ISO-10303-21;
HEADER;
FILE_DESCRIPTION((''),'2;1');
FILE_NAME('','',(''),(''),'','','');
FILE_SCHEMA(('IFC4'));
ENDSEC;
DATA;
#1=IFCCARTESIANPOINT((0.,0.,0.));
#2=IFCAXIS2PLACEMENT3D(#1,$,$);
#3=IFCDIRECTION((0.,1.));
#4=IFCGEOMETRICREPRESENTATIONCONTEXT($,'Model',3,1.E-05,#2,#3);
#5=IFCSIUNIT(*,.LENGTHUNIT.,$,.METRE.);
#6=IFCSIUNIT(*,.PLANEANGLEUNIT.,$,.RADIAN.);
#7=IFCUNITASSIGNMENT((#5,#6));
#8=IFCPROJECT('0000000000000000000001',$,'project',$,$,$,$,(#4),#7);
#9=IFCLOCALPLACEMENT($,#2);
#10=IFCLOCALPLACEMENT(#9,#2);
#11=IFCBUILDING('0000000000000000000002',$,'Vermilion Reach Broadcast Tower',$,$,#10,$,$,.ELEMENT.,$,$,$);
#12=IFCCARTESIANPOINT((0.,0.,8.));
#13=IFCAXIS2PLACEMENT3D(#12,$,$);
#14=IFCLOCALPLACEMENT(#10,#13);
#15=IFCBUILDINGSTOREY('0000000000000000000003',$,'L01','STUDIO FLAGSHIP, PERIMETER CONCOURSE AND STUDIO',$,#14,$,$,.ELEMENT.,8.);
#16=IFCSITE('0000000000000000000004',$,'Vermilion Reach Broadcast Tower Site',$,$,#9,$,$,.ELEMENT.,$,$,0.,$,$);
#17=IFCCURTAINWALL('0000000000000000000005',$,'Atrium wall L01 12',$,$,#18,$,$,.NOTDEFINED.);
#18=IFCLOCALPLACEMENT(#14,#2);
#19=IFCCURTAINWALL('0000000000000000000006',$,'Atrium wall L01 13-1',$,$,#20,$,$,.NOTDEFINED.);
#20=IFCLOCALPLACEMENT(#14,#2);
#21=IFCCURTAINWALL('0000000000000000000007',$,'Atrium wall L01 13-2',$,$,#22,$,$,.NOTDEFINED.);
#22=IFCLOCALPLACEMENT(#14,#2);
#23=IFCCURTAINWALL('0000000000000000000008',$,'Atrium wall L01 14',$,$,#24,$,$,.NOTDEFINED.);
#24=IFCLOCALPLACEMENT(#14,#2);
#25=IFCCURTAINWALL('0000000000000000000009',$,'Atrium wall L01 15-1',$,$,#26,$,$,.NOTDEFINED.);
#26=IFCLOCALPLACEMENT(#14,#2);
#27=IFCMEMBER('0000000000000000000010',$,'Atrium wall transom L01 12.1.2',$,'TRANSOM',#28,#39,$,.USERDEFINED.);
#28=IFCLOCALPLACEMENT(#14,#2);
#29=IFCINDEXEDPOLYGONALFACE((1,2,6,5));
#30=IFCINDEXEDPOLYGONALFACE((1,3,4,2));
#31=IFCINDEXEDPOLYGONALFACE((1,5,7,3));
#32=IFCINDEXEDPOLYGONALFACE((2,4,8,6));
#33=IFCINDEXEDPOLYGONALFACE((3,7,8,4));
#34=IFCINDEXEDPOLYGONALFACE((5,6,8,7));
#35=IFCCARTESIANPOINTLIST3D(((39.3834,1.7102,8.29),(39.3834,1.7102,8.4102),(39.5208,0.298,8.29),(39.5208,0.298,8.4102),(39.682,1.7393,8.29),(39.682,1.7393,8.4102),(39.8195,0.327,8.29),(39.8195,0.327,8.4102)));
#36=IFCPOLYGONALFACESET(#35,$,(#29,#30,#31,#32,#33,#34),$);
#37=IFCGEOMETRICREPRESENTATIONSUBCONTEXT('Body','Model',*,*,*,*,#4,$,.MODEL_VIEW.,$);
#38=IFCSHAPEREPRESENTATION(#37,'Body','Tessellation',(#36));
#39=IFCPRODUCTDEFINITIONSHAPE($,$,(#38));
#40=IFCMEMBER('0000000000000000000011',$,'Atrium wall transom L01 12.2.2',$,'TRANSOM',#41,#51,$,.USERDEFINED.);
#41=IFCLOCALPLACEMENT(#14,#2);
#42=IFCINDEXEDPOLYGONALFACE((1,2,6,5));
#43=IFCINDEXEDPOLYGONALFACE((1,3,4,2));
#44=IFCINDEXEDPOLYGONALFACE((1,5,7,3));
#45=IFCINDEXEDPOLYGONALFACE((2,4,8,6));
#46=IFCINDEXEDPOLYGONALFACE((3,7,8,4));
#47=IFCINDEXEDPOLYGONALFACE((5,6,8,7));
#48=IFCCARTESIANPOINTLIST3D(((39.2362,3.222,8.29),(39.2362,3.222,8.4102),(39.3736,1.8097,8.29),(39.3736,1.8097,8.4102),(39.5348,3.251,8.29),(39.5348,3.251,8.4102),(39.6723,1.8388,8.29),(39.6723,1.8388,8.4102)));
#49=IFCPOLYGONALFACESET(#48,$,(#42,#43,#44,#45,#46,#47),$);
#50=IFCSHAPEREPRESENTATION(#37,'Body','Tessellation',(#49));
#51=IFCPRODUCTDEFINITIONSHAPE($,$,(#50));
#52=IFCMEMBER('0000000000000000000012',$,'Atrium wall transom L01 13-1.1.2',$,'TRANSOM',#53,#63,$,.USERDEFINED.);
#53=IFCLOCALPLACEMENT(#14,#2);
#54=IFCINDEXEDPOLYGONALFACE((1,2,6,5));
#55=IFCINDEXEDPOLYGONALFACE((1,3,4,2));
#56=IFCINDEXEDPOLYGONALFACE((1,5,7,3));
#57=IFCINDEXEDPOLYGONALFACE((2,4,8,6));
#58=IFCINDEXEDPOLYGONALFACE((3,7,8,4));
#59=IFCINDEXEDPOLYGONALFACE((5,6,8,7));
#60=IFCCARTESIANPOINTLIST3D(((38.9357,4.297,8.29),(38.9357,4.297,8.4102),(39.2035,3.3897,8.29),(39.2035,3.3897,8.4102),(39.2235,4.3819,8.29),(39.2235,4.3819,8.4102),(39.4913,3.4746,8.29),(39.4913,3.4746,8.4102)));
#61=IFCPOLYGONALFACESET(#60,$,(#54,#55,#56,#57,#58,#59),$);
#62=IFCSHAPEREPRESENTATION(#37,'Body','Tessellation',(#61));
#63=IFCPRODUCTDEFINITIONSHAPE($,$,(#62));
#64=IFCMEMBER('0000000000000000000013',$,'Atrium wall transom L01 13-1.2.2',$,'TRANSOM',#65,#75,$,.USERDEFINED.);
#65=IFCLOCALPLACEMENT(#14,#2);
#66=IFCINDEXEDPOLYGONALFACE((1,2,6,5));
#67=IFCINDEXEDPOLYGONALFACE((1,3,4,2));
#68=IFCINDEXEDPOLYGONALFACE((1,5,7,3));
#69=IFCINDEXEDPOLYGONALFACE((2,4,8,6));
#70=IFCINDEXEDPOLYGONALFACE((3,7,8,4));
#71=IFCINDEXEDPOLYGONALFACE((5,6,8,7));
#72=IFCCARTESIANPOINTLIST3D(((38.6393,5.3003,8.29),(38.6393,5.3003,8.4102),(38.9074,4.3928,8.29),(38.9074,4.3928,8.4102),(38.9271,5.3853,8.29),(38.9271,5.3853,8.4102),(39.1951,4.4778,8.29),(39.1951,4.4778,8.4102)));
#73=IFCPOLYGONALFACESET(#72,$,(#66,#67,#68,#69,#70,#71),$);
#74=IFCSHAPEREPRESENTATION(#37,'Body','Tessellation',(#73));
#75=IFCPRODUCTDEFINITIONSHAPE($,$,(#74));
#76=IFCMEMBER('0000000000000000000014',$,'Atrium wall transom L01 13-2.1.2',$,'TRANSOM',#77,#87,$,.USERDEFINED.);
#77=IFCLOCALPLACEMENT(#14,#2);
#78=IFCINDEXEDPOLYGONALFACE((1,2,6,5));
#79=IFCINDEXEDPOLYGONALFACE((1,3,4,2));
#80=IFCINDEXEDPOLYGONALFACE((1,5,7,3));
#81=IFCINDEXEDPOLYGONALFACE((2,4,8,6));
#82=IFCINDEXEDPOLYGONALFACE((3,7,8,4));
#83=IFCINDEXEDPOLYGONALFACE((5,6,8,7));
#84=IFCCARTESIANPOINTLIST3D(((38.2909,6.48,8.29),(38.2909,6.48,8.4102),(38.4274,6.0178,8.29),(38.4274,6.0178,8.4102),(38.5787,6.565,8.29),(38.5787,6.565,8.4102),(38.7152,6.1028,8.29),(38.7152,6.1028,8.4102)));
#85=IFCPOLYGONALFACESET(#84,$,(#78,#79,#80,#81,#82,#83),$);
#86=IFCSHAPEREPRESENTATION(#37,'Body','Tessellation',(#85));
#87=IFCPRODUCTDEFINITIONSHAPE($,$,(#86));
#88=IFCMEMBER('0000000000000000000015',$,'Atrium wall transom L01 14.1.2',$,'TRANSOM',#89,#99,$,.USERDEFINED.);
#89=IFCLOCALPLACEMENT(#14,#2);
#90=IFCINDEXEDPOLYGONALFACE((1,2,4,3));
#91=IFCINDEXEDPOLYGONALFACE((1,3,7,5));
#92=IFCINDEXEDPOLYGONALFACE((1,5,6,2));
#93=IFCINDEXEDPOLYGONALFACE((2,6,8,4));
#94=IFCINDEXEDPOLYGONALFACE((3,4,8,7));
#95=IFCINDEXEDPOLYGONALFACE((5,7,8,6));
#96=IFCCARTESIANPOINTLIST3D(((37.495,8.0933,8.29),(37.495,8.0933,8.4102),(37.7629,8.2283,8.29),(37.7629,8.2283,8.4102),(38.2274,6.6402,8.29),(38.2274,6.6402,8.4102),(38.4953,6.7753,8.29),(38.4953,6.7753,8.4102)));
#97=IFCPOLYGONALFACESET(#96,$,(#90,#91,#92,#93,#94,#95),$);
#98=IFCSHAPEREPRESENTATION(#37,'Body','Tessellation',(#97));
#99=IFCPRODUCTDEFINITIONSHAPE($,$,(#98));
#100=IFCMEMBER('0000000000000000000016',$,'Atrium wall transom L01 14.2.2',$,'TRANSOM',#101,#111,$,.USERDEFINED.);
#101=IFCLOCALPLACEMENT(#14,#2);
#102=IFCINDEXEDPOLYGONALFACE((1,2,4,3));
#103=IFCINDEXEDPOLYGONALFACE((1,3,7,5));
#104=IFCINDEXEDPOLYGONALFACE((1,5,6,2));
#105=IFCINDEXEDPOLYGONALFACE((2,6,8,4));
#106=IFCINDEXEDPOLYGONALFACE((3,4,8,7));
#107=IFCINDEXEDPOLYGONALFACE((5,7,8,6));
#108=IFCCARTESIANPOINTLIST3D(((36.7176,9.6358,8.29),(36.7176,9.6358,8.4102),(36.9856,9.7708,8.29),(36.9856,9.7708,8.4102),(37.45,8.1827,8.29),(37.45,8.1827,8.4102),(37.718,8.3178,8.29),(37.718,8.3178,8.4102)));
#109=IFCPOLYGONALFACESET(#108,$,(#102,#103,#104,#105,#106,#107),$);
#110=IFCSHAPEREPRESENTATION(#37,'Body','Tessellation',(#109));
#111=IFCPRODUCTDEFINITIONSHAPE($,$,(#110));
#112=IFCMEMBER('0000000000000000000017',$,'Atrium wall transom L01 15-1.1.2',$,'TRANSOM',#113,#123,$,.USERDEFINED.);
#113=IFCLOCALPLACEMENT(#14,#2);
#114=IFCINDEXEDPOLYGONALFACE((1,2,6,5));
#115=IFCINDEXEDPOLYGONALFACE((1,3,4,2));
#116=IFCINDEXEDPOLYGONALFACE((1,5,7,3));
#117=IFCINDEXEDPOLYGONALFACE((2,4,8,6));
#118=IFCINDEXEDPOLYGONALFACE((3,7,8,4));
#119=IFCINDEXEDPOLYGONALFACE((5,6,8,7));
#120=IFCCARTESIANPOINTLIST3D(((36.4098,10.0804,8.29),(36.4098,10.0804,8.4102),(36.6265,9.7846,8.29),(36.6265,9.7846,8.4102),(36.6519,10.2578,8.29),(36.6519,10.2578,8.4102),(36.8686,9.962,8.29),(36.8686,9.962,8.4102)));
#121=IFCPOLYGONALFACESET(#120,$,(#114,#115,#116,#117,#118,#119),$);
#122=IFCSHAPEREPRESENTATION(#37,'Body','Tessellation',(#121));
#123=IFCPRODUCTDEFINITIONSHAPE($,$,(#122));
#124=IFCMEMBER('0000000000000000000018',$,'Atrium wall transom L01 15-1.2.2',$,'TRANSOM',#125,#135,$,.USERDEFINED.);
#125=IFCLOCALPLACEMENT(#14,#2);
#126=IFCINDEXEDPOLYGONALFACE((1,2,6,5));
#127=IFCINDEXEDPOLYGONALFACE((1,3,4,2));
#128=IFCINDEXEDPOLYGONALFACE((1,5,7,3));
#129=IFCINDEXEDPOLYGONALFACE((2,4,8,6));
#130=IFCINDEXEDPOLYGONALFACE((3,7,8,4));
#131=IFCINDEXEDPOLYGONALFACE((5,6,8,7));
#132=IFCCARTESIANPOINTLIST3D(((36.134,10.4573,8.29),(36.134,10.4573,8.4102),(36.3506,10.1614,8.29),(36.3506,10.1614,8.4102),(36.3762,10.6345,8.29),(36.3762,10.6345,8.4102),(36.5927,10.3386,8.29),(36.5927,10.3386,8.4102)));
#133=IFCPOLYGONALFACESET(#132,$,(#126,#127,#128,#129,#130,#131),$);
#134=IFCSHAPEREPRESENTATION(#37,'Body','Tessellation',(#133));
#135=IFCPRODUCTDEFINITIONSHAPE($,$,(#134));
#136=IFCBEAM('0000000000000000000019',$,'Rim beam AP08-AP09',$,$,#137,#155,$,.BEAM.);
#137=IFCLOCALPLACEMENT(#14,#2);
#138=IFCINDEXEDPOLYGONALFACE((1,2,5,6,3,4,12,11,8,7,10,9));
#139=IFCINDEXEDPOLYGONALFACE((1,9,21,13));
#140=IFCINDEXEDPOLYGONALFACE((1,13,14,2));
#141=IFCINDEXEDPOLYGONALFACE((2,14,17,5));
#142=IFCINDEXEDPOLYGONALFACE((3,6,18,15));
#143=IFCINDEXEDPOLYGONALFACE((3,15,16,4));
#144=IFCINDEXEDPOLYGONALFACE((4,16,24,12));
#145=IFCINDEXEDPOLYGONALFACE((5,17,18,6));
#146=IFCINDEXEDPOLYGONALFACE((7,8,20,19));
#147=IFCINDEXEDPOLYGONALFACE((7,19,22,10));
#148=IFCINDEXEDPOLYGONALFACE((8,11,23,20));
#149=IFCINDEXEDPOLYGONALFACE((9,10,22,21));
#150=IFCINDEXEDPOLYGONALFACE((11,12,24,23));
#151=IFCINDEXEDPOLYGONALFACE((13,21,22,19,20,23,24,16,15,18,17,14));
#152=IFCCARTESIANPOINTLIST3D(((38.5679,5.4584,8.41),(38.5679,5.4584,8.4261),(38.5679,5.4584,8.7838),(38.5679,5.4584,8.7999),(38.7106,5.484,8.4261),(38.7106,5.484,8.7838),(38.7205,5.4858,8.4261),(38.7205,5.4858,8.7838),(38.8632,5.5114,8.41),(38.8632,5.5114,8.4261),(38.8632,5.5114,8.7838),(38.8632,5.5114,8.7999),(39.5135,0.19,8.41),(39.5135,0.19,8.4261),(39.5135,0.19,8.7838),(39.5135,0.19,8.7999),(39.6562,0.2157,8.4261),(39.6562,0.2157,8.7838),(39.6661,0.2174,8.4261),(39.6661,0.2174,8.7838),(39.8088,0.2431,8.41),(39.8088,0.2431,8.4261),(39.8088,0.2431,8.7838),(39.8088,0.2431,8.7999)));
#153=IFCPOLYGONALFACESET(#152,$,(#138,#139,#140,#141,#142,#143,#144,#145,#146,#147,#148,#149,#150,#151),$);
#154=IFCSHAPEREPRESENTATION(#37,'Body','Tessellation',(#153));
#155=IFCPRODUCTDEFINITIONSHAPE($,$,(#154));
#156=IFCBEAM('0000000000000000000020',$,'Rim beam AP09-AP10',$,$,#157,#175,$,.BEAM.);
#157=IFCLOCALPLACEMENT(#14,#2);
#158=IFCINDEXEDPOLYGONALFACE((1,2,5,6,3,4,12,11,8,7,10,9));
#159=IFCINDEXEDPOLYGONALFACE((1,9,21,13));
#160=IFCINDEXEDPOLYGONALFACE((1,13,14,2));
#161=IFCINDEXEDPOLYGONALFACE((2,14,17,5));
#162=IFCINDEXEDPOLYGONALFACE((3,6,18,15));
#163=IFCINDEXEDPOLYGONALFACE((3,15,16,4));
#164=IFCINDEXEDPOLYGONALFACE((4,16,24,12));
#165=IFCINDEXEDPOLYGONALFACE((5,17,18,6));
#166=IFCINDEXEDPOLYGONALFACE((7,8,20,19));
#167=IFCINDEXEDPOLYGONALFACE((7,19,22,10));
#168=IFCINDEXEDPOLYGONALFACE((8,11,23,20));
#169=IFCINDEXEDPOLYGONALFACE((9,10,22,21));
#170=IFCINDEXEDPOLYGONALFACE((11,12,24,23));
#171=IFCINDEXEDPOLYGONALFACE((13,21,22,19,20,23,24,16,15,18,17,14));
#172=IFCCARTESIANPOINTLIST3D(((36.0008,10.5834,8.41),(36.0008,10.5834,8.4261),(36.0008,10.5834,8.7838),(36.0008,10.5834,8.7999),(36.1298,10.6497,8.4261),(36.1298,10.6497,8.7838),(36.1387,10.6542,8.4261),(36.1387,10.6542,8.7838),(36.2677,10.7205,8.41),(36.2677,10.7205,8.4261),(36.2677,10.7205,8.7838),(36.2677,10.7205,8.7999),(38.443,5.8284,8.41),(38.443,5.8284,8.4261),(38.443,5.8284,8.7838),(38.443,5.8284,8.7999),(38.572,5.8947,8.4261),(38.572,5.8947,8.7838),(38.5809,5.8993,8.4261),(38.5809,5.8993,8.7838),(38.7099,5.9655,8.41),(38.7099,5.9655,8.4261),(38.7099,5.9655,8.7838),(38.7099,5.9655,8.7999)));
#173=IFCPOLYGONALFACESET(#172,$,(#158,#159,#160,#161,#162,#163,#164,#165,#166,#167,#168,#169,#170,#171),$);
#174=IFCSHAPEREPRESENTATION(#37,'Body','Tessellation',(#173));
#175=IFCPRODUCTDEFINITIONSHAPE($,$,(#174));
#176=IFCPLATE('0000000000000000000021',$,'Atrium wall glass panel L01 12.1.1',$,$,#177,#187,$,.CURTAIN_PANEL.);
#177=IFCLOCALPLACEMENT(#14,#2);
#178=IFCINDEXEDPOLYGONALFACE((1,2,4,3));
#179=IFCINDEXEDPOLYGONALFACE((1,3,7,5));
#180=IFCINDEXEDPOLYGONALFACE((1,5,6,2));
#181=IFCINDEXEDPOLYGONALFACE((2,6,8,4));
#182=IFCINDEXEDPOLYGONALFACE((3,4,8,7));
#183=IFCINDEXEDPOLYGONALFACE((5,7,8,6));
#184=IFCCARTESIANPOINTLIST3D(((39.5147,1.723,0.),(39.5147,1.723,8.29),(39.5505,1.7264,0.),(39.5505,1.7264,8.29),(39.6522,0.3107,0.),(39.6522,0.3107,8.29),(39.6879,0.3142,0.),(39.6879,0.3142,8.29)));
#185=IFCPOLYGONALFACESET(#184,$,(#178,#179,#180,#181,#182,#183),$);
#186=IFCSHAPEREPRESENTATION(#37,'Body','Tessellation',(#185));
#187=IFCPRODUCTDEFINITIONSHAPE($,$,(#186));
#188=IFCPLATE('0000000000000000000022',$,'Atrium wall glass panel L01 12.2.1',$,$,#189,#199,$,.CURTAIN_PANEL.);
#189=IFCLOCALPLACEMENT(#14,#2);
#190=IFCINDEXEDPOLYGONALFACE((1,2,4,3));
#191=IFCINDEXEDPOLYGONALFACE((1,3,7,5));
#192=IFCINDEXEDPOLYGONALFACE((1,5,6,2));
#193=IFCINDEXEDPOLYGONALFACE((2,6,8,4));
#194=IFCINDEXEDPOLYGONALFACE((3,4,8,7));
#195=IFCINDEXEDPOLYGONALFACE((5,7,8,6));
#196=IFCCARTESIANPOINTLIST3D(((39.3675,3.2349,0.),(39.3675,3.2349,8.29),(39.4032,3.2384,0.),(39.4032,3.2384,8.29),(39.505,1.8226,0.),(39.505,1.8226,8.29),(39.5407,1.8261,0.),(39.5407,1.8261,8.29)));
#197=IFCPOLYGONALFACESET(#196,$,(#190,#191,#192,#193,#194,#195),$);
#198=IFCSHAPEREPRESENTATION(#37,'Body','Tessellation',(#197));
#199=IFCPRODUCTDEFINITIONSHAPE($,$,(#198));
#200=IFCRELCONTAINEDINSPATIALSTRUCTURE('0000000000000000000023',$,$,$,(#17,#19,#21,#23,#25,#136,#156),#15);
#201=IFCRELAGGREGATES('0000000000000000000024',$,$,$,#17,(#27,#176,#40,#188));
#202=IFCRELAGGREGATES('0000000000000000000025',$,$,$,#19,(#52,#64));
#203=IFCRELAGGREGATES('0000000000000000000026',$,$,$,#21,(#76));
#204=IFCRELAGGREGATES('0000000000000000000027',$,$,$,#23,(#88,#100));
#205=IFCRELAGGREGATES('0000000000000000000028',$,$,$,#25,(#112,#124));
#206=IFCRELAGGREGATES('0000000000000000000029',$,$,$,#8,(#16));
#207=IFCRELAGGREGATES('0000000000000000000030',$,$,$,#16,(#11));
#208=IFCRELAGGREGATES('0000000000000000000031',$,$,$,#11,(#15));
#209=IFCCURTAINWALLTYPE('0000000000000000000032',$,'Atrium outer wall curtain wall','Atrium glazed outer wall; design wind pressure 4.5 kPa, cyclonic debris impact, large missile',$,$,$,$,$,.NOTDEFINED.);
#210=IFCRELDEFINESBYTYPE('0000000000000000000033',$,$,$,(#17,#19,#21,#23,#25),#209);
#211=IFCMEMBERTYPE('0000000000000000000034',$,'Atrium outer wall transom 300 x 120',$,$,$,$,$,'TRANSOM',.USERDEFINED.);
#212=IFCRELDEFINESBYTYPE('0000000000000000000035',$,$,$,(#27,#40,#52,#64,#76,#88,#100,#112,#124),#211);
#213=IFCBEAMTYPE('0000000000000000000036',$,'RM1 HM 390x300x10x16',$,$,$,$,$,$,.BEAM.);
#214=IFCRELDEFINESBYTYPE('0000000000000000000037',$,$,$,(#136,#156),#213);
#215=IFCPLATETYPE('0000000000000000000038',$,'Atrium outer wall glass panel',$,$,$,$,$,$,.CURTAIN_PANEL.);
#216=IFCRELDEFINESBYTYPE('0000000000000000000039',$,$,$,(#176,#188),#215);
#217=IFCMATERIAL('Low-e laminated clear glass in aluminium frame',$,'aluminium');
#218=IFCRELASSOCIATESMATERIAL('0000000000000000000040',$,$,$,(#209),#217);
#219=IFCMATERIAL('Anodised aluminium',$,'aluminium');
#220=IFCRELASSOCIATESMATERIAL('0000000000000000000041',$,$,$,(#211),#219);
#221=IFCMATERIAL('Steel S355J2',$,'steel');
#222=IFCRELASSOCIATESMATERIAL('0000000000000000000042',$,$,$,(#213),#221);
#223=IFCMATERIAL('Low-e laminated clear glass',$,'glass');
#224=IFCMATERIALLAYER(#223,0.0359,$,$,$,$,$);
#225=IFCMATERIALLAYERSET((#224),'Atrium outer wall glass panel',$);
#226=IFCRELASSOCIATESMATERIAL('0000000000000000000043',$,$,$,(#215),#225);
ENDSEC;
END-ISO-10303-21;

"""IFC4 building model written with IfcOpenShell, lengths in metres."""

from ifc_helpers import new_model, si_unit, direction, frame, origin, origin_2d, place, context, subcontext, project, spatial, rectangle, i_section, extrude, material, layer, layer_set, material_profile, profile_set, type_object, element, aggregate, save


model = new_model("IFC4")

# Units and contexts
model_context = context("Model", 3, precision=1e-05, world=origin(), true_north=direction((0.0, 1.0)))
body_context = subcontext(model_context, "Body", "Model", "MODEL_VIEW")
ifc_project = project(units=[si_unit("LENGTHUNIT", "METRE"), si_unit("PLANEANGLEUNIT", "RADIAN")], contexts=[model_context])

# Site, building, storey
site_placement = place(None, origin())
site = spatial("IfcSite", under=ifc_project, at=site_placement, Name="Vermilion Reach Broadcast Tower Site", CompositionType="ELEMENT", RefElevation=0.0)
building_placement = place(site_placement, origin())
building = spatial("IfcBuilding", under=site, at=building_placement, Name="Vermilion Reach Broadcast Tower", CompositionType="ELEMENT")
storey_placement = place(building_placement, frame((0.0, 0.0, 8.0)))
storey = spatial("IfcBuildingStorey", under=building, at=storey_placement, Name="L01", Description="STUDIO FLAGSHIP, PERIMETER CONCOURSE AND STUDIO", CompositionType="ELEMENT", Elevation=8.0)

# Curtain walls
ifc_material_1 = material(Name="Low-e laminated clear glass in aluminium frame", Category="aluminium")
curtain_wall_type = type_object("IfcCurtainWallType", Name="Atrium outer wall curtain wall", Description="Atrium glazed outer wall; design wind pressure 4.5 kPa, cyclonic debris impact, large missile", PredefinedType="NOTDEFINED", material=ifc_material_1)
placement = place(storey_placement, origin())
curtain_wall_1 = element("IfcCurtainWall", 1, at=placement, inside=storey, type_object=curtain_wall_type, Name="Atrium wall L01 12", PredefinedType="NOTDEFINED")
curtain_wall_2 = element("IfcCurtainWall", 2, at=placement, inside=storey, type_object=curtain_wall_type, Name="Atrium wall L01 13-1", PredefinedType="NOTDEFINED")
curtain_wall_3 = element("IfcCurtainWall", 3, at=placement, inside=storey, type_object=curtain_wall_type, Name="Atrium wall L01 13-2", PredefinedType="NOTDEFINED")
curtain_wall_4 = element("IfcCurtainWall", 4, at=placement, inside=storey, type_object=curtain_wall_type, Name="Atrium wall L01 14", PredefinedType="NOTDEFINED")
curtain_wall_5 = element("IfcCurtainWall", 5, at=placement, inside=storey, type_object=curtain_wall_type, Name="Atrium wall L01 15-1", PredefinedType="NOTDEFINED")

# Members
ifc_material_2 = material(Name="Anodised aluminium", Category="aluminium")
ifc_material_profile_1 = material_profile(ifc_material_2, rectangle(XDim=0.3, YDim=0.1201, at=origin_2d()), Name="Atrium outer wall transom 300 x 120")
ifc_profile_set_1 = profile_set([ifc_material_profile_1], Name="Anodised aluminium")
member_type_1 = type_object("IfcMemberType", Name="Atrium outer wall transom 300 x 120", ElementType="TRANSOM", PredefinedType="USERDEFINED", material=ifc_profile_set_1)
member_1_placement = place(storey_placement, frame((39.6702, 0.3125, 8.3501), z_axis=(-0.096863, 0.995298, 0.0), x_axis=(-0.995298, -0.096863, 0.0)))
member_1 = element("IfcMember", 6, at=member_1_placement, type_object=member_type_1, Name="Atrium wall transom L01 12.1.2", ObjectType="TRANSOM", PredefinedType="USERDEFINED", context=body_context, shape_type="SweptSolid", body=[
    extrude(rectangle(XDim=0.3, YDim=0.1201, at=origin_2d()), origin(), (0.0, 0.0, 1.0), 1.4189),
])
member_2_placement = place(storey_placement, frame((39.5229, 1.8242, 8.3501), z_axis=(-0.096863, 0.995298, 0.0), x_axis=(-0.995298, -0.096863, 0.0)))
member_2 = element("IfcMember", 7, at=member_2_placement, type_object=member_type_1, Name="Atrium wall transom L01 12.2.2", ObjectType="TRANSOM", PredefinedType="USERDEFINED", context=body_context, shape_type="SweptSolid", body=[
    extrude(rectangle(XDim=0.3, YDim=0.1201, at=origin_2d()), origin(), (0.0, 0.0, 1.0), 1.4189),
])
member_3_placement = place(storey_placement, frame((39.3474, 3.4321, 8.3501), z_axis=(-0.28306, 0.959102, 0.0), x_axis=(-0.959102, -0.28306, 0.0)))
member_3 = element("IfcMember", 8, at=member_3_placement, type_object=member_type_1, Name="Atrium wall transom L01 13-1.1.2", ObjectType="TRANSOM", PredefinedType="USERDEFINED", context=body_context, shape_type="SweptSolid", body=[
    extrude(rectangle(XDim=0.3, YDim=0.1201, at=origin_2d()), origin(), (0.0, 0.0, 1.0), 0.946),
])
member_4_placement = place(storey_placement, frame((39.0513, 4.4353, 8.3501), z_axis=(-0.283298, 0.959032, 0.0), x_axis=(-0.959032, -0.283298, 0.0)))
member_4 = element("IfcMember", 9, at=member_4_placement, type_object=member_type_1, Name="Atrium wall transom L01 13-1.2.2", ObjectType="TRANSOM", PredefinedType="USERDEFINED", context=body_context, shape_type="SweptSolid", body=[
    extrude(rectangle(XDim=0.3, YDim=0.1201, at=origin_2d()), origin(), (0.0, 0.0, 1.0), 0.9463),
])
member_5_placement = place(storey_placement, frame((38.5713, 6.0603, 8.3501), z_axis=(-0.283208, 0.959058, 0.0), x_axis=(-0.959058, -0.283208, 0.0)))
member_5 = element("IfcMember", 10, at=member_5_placement, type_object=member_type_1, Name="Atrium wall transom L01 13-2.1.2", ObjectType="TRANSOM", PredefinedType="USERDEFINED", context=body_context, shape_type="SweptSolid", body=[
    extrude(rectangle(XDim=0.3, YDim=0.1201, at=origin_2d()), origin(), (0.0, 0.0, 1.0), 0.4819),
])
member_6_placement = place(storey_placement, frame((38.3613, 6.7078, 8.3501), z_axis=(-0.450092, 0.892982, 0.0), x_axis=(-0.892982, -0.450092, 0.0)))
member_6 = element("IfcMember", 11, at=member_6_placement, type_object=member_type_1, Name="Atrium wall transom L01 14.1.2", ObjectType="TRANSOM", PredefinedType="USERDEFINED", context=body_context, shape_type="SweptSolid", body=[
    extrude(rectangle(XDim=0.3, YDim=0.1201, at=origin_2d()), origin(), (0.0, 0.0, 1.0), 1.6272),
])
member_7_placement = place(storey_placement, frame((37.584, 8.2502, 8.3501), z_axis=(-0.450092, 0.892982, 0.0), x_axis=(-0.892982, -0.450092, 0.0)))
member_7 = element("IfcMember", 12, at=member_7_placement, type_object=member_type_1, Name="Atrium wall transom L01 14.2.2", ObjectType="TRANSOM", PredefinedType="USERDEFINED", context=body_context, shape_type="SweptSolid", body=[
    extrude(rectangle(XDim=0.3, YDim=0.1201, at=origin_2d()), origin(), (0.0, 0.0, 1.0), 1.6272),
])
member_8_placement = place(storey_placement, frame((36.7476, 9.8733, 8.3501), z_axis=(-0.591017, 0.806659, 0.0), x_axis=(-0.806659, -0.591017, 0.0)))
member_8 = element("IfcMember", 13, at=member_8_placement, type_object=member_type_1, Name="Atrium wall transom L01 15-1.1.2", ObjectType="TRANSOM", PredefinedType="USERDEFINED", context=body_context, shape_type="SweptSolid", body=[
    extrude(rectangle(XDim=0.3, YDim=0.1201, at=origin_2d()), origin(), (0.0, 0.0, 1.0), 0.3667),
])
member_9_placement = place(storey_placement, frame((36.4717, 10.25, 8.3501), z_axis=(-0.590584, 0.806976, 0.0), x_axis=(-0.806976, -0.590584, 0.0)))
member_9 = element("IfcMember", 14, at=member_9_placement, type_object=member_type_1, Name="Atrium wall transom L01 15-1.2.2", ObjectType="TRANSOM", PredefinedType="USERDEFINED", context=body_context, shape_type="SweptSolid", body=[
    extrude(rectangle(XDim=0.3, YDim=0.1201, at=origin_2d()), origin(), (0.0, 0.0, 1.0), 0.3667),
])

# Beams
ifc_material_3 = material(Name="Steel S355J2", Category="steel")
ifc_material_profile_2 = material_profile(ifc_material_3, i_section(OverallWidth=0.3, OverallDepth=0.3899, WebThickness=0.01, FlangeThickness=0.0161, at=origin_2d()), Name="S355J2 HM 390x300x10x16")
ifc_profile_set_2 = profile_set([ifc_material_profile_2], Name="Steel S355J2")
beam_type = type_object("IfcBeamType", Name="RM1 HM 390x300x10x16", PredefinedType="BEAM", material=ifc_profile_set_2)
beam_1_placement = place(storey_placement, frame((39.6611, 0.2166, 8.605), z_axis=(-0.176657, 0.984272, 0.0), x_axis=(-0.984272, -0.176657, 0.0)))
element("IfcBeam", 15, at=beam_1_placement, inside=storey, type_object=beam_type, Name="Rim beam AP08-AP09", PredefinedType="BEAM", context=body_context, shape_type="SweptSolid", body=[
    extrude(i_section(OverallWidth=0.3, OverallDepth=0.3899, WebThickness=0.01, FlangeThickness=0.0161, at=origin_2d()), origin(), (0.0, 0.0, 1.0), 5.3525),
])
beam_2_placement = place(storey_placement, frame((38.5764, 5.897, 8.605), z_axis=(-0.45687, 0.889533, 0.0), x_axis=(-0.889533, -0.45687, 0.0)))
element("IfcBeam", 16, at=beam_2_placement, inside=storey, type_object=beam_type, Name="Rim beam AP09-AP10", PredefinedType="BEAM", context=body_context, shape_type="SweptSolid", body=[
    extrude(i_section(OverallWidth=0.3, OverallDepth=0.3899, WebThickness=0.01, FlangeThickness=0.0161, at=origin_2d()), origin(), (0.0, 0.0, 1.0), 5.3455),
])

# Plates
ifc_material_4 = material(Name="Low-e laminated clear glass", Category="glass")
ifc_layer = layer(ifc_material_4, 0.0359)
ifc_layer_set = layer_set([ifc_layer], Name="Atrium outer wall glass panel")
plate_type = type_object("IfcPlateType", Name="Atrium outer wall glass panel", PredefinedType="CURTAIN_PANEL", material=ifc_layer_set)
plate_1_placement = place(storey_placement, frame((39.6013, 1.0186, 0.0), z_axis=(0.0, 0.0, 1.0), x_axis=(-0.096861, 0.995298, 0.0)))
plate_1 = element("IfcPlate", 17, at=plate_1_placement, type_object=plate_type, Name="Atrium wall glass panel L01 12.1.1", PredefinedType="CURTAIN_PANEL", context=body_context, shape_type="SweptSolid", body=[
    extrude(rectangle(XDim=1.4189, YDim=0.0359, at=origin_2d()), origin(), (0.0, 0.0, 1.0), 8.29),
])
plate_2_placement = place(storey_placement, frame((39.4541, 2.5305, 0.0), z_axis=(0.0, 0.0, 1.0), x_axis=(-0.096861, 0.995298, 0.0)))
plate_2 = element("IfcPlate", 18, at=plate_2_placement, type_object=plate_type, Name="Atrium wall glass panel L01 12.2.1", PredefinedType="CURTAIN_PANEL", context=body_context, shape_type="SweptSolid", body=[
    extrude(rectangle(XDim=1.4189, YDim=0.0359, at=origin_2d()), origin(), (0.0, 0.0, 1.0), 8.29),
])
aggregate(curtain_wall_1, [member_1, plate_1, member_2, plate_2])
aggregate(curtain_wall_2, [member_3, member_4])
aggregate(curtain_wall_3, [member_5])
aggregate(curtain_wall_4, [member_6, member_7])
aggregate(curtain_wall_5, [member_8, member_9])

save(model, "model.ifc")
